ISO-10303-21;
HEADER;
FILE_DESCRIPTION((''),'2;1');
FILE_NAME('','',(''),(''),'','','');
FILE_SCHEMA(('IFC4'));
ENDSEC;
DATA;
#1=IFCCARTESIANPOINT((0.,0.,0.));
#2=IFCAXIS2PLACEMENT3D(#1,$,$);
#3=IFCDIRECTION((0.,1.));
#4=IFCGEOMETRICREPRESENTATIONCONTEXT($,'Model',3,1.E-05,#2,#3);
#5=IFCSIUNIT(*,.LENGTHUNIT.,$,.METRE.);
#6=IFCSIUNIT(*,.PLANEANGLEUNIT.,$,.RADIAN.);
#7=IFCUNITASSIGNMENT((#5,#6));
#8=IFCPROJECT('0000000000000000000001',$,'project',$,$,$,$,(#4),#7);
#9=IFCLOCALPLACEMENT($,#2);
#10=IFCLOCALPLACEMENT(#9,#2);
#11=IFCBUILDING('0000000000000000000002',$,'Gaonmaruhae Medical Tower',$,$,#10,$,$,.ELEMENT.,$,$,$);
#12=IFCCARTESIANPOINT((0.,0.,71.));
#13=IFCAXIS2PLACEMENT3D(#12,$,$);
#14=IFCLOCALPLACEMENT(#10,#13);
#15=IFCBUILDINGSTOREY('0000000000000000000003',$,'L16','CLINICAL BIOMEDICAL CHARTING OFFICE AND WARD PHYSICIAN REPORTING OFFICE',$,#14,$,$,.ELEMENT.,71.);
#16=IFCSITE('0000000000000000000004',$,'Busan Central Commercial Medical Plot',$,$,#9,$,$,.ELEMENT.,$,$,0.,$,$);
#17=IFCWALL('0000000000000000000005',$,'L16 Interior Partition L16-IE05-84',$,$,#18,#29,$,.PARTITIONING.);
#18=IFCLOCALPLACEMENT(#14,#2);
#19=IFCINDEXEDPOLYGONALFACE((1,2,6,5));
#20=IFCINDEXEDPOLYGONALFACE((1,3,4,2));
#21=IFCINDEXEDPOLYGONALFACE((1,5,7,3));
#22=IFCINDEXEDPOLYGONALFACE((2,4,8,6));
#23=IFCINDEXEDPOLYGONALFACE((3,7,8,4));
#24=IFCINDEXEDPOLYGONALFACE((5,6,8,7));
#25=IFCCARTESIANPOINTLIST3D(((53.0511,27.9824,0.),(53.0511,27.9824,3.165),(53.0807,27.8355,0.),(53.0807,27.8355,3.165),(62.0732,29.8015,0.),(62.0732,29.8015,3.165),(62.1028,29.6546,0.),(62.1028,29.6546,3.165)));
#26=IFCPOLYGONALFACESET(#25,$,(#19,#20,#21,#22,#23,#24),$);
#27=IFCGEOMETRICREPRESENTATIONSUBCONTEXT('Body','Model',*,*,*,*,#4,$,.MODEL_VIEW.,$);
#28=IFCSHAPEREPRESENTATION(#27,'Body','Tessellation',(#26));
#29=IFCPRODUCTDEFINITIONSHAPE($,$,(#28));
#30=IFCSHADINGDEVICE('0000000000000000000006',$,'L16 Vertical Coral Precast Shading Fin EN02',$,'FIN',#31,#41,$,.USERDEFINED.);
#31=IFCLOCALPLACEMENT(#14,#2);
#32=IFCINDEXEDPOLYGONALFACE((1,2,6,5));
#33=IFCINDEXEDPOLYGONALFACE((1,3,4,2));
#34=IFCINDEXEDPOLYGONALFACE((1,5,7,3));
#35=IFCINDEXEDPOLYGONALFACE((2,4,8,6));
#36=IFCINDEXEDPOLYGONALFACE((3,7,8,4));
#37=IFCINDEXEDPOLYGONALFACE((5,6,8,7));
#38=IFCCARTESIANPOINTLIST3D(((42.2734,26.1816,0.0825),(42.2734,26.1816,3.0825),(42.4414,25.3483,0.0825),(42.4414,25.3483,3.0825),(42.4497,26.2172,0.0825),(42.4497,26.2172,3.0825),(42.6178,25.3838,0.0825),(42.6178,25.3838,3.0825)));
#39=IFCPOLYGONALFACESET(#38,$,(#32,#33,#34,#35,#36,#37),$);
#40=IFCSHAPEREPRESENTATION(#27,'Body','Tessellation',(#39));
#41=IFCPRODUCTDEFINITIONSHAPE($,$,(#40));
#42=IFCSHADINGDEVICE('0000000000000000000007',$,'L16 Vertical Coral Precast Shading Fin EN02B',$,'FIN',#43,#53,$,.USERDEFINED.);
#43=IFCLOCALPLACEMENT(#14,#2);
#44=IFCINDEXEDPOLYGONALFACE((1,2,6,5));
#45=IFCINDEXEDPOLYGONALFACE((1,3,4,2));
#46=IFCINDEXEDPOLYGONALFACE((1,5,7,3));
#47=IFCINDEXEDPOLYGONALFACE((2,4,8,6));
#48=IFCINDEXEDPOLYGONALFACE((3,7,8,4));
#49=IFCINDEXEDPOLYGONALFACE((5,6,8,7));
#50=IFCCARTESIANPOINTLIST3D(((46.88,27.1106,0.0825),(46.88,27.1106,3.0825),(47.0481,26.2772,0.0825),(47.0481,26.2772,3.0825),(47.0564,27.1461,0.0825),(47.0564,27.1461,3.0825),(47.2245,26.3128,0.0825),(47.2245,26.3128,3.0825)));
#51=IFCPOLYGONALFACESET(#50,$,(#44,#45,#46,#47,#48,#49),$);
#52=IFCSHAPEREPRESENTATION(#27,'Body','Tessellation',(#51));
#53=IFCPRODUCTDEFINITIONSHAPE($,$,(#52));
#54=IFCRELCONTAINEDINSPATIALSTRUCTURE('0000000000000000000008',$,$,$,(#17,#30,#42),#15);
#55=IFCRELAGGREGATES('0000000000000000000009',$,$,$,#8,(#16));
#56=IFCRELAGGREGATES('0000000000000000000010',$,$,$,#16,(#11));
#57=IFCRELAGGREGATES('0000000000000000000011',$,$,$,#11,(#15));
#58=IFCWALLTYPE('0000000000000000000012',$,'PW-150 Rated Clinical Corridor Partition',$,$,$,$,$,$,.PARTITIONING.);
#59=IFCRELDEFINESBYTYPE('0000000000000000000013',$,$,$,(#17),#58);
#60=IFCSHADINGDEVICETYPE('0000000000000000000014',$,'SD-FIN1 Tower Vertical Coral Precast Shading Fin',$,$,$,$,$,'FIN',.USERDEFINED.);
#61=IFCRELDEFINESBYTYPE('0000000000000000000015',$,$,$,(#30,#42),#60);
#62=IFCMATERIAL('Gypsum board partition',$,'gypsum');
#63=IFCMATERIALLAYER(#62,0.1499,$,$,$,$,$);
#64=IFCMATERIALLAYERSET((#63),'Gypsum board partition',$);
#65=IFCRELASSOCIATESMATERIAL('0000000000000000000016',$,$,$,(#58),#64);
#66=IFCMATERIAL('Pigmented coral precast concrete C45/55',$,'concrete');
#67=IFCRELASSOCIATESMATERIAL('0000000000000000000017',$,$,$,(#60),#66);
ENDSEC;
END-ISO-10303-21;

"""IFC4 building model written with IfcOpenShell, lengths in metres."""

from ifc_helpers import new_model, si_unit, direction, frame, frame_2d, origin, origin_2d, place, context, subcontext, project, spatial, rectangle, extrude, material, layer, layer_set, type_object, element, save


model = new_model("IFC4")

# Units and contexts
model_context = context("Model", 3, precision=1e-05, world=origin(), true_north=direction((0.0, 1.0)))
body_context = subcontext(model_context, "Body", "Model", "MODEL_VIEW")
ifc_project = project(units=[si_unit("LENGTHUNIT", "METRE"), si_unit("PLANEANGLEUNIT", "RADIAN")], contexts=[model_context])

# Site, building, storey
site_placement = place(None, origin())
site = spatial("IfcSite", under=ifc_project, at=site_placement, Name="Busan Central Commercial Medical Plot", CompositionType="ELEMENT", RefElevation=0.0)
building_placement = place(site_placement, origin())
building = spatial("IfcBuilding", under=site, at=building_placement, Name="Gaonmaruhae Medical Tower", CompositionType="ELEMENT")
storey_placement = place(building_placement, frame((0.0, 0.0, 71.0)))
storey = spatial("IfcBuildingStorey", under=building, at=storey_placement, Name="L16", Description="CLINICAL BIOMEDICAL CHARTING OFFICE AND WARD PHYSICIAN REPORTING OFFICE", CompositionType="ELEMENT", Elevation=71.0)

# Shared definitions
ifc_material_1 = material(Name="Gypsum board partition", Category="gypsum")
ifc_layer_1 = layer(ifc_material_1, 0.1499)
ifc_layer_set_1 = layer_set([ifc_layer_1], Name="Gypsum board partition")
wall_type_1 = type_object("IfcWallType", Name="PW-150 Rated Clinical Corridor Partition", PredefinedType="PARTITIONING", material=ifc_layer_set_1)

# Wall
wall_1_placement = place(storey_placement, frame((53.0659, 27.9089, 0.0), z_axis=(0.0, 0.0, 1.0), x_axis=(0.980272, 0.197651, 0.0)))
element("IfcWall", 1, at=wall_1_placement, inside=storey, type_object=wall_type_1, Name="L16 Interior Partition L16-IE05-84", PredefinedType="PARTITIONING", context=body_context, shape_type="SweptSolid", body=[
    extrude(rectangle(XDim=9.2036, YDim=0.1499, at=frame_2d((4.6018, 0.0))), origin(), (0.0, 0.0, 1.0), 3.165),
])

# Shading devices
ifc_material_2 = material(Name="Pigmented coral precast concrete C45/55", Category="concrete")
shading_device_type = type_object("IfcShadingDeviceType", Name="SD-FIN1 Tower Vertical Coral Precast Shading Fin", ElementType="FIN", PredefinedType="USERDEFINED", material=ifc_material_2)
for number, where, z_axis, x_axis, name in (
    (2, (42.4456, 25.7827, 0.0825), (0.0, 0.0, 1.0), (0.980271, 0.197657, 0.0), "L16 Vertical Coral Precast Shading Fin EN02"),
    (3, (47.0522, 26.7117, 0.0825), (0.0, 0.0, 1.0), (0.980271, 0.197657, 0.0), "L16 Vertical Coral Precast Shading Fin EN02B"),
):
    element("IfcShadingDevice", number, at=place(storey_placement, frame(where, z_axis=z_axis, x_axis=x_axis)), inside=storey, type_object=shading_device_type, Name=name, ObjectType="FIN", PredefinedType="USERDEFINED", context=body_context, shape_type="SweptSolid", body=[
        extrude(rectangle(XDim=0.1799, YDim=0.8501, at=origin_2d()), origin(), (0.0, 0.0, 1.0), 3.0),
    ])

save(model, "model.ifc")
